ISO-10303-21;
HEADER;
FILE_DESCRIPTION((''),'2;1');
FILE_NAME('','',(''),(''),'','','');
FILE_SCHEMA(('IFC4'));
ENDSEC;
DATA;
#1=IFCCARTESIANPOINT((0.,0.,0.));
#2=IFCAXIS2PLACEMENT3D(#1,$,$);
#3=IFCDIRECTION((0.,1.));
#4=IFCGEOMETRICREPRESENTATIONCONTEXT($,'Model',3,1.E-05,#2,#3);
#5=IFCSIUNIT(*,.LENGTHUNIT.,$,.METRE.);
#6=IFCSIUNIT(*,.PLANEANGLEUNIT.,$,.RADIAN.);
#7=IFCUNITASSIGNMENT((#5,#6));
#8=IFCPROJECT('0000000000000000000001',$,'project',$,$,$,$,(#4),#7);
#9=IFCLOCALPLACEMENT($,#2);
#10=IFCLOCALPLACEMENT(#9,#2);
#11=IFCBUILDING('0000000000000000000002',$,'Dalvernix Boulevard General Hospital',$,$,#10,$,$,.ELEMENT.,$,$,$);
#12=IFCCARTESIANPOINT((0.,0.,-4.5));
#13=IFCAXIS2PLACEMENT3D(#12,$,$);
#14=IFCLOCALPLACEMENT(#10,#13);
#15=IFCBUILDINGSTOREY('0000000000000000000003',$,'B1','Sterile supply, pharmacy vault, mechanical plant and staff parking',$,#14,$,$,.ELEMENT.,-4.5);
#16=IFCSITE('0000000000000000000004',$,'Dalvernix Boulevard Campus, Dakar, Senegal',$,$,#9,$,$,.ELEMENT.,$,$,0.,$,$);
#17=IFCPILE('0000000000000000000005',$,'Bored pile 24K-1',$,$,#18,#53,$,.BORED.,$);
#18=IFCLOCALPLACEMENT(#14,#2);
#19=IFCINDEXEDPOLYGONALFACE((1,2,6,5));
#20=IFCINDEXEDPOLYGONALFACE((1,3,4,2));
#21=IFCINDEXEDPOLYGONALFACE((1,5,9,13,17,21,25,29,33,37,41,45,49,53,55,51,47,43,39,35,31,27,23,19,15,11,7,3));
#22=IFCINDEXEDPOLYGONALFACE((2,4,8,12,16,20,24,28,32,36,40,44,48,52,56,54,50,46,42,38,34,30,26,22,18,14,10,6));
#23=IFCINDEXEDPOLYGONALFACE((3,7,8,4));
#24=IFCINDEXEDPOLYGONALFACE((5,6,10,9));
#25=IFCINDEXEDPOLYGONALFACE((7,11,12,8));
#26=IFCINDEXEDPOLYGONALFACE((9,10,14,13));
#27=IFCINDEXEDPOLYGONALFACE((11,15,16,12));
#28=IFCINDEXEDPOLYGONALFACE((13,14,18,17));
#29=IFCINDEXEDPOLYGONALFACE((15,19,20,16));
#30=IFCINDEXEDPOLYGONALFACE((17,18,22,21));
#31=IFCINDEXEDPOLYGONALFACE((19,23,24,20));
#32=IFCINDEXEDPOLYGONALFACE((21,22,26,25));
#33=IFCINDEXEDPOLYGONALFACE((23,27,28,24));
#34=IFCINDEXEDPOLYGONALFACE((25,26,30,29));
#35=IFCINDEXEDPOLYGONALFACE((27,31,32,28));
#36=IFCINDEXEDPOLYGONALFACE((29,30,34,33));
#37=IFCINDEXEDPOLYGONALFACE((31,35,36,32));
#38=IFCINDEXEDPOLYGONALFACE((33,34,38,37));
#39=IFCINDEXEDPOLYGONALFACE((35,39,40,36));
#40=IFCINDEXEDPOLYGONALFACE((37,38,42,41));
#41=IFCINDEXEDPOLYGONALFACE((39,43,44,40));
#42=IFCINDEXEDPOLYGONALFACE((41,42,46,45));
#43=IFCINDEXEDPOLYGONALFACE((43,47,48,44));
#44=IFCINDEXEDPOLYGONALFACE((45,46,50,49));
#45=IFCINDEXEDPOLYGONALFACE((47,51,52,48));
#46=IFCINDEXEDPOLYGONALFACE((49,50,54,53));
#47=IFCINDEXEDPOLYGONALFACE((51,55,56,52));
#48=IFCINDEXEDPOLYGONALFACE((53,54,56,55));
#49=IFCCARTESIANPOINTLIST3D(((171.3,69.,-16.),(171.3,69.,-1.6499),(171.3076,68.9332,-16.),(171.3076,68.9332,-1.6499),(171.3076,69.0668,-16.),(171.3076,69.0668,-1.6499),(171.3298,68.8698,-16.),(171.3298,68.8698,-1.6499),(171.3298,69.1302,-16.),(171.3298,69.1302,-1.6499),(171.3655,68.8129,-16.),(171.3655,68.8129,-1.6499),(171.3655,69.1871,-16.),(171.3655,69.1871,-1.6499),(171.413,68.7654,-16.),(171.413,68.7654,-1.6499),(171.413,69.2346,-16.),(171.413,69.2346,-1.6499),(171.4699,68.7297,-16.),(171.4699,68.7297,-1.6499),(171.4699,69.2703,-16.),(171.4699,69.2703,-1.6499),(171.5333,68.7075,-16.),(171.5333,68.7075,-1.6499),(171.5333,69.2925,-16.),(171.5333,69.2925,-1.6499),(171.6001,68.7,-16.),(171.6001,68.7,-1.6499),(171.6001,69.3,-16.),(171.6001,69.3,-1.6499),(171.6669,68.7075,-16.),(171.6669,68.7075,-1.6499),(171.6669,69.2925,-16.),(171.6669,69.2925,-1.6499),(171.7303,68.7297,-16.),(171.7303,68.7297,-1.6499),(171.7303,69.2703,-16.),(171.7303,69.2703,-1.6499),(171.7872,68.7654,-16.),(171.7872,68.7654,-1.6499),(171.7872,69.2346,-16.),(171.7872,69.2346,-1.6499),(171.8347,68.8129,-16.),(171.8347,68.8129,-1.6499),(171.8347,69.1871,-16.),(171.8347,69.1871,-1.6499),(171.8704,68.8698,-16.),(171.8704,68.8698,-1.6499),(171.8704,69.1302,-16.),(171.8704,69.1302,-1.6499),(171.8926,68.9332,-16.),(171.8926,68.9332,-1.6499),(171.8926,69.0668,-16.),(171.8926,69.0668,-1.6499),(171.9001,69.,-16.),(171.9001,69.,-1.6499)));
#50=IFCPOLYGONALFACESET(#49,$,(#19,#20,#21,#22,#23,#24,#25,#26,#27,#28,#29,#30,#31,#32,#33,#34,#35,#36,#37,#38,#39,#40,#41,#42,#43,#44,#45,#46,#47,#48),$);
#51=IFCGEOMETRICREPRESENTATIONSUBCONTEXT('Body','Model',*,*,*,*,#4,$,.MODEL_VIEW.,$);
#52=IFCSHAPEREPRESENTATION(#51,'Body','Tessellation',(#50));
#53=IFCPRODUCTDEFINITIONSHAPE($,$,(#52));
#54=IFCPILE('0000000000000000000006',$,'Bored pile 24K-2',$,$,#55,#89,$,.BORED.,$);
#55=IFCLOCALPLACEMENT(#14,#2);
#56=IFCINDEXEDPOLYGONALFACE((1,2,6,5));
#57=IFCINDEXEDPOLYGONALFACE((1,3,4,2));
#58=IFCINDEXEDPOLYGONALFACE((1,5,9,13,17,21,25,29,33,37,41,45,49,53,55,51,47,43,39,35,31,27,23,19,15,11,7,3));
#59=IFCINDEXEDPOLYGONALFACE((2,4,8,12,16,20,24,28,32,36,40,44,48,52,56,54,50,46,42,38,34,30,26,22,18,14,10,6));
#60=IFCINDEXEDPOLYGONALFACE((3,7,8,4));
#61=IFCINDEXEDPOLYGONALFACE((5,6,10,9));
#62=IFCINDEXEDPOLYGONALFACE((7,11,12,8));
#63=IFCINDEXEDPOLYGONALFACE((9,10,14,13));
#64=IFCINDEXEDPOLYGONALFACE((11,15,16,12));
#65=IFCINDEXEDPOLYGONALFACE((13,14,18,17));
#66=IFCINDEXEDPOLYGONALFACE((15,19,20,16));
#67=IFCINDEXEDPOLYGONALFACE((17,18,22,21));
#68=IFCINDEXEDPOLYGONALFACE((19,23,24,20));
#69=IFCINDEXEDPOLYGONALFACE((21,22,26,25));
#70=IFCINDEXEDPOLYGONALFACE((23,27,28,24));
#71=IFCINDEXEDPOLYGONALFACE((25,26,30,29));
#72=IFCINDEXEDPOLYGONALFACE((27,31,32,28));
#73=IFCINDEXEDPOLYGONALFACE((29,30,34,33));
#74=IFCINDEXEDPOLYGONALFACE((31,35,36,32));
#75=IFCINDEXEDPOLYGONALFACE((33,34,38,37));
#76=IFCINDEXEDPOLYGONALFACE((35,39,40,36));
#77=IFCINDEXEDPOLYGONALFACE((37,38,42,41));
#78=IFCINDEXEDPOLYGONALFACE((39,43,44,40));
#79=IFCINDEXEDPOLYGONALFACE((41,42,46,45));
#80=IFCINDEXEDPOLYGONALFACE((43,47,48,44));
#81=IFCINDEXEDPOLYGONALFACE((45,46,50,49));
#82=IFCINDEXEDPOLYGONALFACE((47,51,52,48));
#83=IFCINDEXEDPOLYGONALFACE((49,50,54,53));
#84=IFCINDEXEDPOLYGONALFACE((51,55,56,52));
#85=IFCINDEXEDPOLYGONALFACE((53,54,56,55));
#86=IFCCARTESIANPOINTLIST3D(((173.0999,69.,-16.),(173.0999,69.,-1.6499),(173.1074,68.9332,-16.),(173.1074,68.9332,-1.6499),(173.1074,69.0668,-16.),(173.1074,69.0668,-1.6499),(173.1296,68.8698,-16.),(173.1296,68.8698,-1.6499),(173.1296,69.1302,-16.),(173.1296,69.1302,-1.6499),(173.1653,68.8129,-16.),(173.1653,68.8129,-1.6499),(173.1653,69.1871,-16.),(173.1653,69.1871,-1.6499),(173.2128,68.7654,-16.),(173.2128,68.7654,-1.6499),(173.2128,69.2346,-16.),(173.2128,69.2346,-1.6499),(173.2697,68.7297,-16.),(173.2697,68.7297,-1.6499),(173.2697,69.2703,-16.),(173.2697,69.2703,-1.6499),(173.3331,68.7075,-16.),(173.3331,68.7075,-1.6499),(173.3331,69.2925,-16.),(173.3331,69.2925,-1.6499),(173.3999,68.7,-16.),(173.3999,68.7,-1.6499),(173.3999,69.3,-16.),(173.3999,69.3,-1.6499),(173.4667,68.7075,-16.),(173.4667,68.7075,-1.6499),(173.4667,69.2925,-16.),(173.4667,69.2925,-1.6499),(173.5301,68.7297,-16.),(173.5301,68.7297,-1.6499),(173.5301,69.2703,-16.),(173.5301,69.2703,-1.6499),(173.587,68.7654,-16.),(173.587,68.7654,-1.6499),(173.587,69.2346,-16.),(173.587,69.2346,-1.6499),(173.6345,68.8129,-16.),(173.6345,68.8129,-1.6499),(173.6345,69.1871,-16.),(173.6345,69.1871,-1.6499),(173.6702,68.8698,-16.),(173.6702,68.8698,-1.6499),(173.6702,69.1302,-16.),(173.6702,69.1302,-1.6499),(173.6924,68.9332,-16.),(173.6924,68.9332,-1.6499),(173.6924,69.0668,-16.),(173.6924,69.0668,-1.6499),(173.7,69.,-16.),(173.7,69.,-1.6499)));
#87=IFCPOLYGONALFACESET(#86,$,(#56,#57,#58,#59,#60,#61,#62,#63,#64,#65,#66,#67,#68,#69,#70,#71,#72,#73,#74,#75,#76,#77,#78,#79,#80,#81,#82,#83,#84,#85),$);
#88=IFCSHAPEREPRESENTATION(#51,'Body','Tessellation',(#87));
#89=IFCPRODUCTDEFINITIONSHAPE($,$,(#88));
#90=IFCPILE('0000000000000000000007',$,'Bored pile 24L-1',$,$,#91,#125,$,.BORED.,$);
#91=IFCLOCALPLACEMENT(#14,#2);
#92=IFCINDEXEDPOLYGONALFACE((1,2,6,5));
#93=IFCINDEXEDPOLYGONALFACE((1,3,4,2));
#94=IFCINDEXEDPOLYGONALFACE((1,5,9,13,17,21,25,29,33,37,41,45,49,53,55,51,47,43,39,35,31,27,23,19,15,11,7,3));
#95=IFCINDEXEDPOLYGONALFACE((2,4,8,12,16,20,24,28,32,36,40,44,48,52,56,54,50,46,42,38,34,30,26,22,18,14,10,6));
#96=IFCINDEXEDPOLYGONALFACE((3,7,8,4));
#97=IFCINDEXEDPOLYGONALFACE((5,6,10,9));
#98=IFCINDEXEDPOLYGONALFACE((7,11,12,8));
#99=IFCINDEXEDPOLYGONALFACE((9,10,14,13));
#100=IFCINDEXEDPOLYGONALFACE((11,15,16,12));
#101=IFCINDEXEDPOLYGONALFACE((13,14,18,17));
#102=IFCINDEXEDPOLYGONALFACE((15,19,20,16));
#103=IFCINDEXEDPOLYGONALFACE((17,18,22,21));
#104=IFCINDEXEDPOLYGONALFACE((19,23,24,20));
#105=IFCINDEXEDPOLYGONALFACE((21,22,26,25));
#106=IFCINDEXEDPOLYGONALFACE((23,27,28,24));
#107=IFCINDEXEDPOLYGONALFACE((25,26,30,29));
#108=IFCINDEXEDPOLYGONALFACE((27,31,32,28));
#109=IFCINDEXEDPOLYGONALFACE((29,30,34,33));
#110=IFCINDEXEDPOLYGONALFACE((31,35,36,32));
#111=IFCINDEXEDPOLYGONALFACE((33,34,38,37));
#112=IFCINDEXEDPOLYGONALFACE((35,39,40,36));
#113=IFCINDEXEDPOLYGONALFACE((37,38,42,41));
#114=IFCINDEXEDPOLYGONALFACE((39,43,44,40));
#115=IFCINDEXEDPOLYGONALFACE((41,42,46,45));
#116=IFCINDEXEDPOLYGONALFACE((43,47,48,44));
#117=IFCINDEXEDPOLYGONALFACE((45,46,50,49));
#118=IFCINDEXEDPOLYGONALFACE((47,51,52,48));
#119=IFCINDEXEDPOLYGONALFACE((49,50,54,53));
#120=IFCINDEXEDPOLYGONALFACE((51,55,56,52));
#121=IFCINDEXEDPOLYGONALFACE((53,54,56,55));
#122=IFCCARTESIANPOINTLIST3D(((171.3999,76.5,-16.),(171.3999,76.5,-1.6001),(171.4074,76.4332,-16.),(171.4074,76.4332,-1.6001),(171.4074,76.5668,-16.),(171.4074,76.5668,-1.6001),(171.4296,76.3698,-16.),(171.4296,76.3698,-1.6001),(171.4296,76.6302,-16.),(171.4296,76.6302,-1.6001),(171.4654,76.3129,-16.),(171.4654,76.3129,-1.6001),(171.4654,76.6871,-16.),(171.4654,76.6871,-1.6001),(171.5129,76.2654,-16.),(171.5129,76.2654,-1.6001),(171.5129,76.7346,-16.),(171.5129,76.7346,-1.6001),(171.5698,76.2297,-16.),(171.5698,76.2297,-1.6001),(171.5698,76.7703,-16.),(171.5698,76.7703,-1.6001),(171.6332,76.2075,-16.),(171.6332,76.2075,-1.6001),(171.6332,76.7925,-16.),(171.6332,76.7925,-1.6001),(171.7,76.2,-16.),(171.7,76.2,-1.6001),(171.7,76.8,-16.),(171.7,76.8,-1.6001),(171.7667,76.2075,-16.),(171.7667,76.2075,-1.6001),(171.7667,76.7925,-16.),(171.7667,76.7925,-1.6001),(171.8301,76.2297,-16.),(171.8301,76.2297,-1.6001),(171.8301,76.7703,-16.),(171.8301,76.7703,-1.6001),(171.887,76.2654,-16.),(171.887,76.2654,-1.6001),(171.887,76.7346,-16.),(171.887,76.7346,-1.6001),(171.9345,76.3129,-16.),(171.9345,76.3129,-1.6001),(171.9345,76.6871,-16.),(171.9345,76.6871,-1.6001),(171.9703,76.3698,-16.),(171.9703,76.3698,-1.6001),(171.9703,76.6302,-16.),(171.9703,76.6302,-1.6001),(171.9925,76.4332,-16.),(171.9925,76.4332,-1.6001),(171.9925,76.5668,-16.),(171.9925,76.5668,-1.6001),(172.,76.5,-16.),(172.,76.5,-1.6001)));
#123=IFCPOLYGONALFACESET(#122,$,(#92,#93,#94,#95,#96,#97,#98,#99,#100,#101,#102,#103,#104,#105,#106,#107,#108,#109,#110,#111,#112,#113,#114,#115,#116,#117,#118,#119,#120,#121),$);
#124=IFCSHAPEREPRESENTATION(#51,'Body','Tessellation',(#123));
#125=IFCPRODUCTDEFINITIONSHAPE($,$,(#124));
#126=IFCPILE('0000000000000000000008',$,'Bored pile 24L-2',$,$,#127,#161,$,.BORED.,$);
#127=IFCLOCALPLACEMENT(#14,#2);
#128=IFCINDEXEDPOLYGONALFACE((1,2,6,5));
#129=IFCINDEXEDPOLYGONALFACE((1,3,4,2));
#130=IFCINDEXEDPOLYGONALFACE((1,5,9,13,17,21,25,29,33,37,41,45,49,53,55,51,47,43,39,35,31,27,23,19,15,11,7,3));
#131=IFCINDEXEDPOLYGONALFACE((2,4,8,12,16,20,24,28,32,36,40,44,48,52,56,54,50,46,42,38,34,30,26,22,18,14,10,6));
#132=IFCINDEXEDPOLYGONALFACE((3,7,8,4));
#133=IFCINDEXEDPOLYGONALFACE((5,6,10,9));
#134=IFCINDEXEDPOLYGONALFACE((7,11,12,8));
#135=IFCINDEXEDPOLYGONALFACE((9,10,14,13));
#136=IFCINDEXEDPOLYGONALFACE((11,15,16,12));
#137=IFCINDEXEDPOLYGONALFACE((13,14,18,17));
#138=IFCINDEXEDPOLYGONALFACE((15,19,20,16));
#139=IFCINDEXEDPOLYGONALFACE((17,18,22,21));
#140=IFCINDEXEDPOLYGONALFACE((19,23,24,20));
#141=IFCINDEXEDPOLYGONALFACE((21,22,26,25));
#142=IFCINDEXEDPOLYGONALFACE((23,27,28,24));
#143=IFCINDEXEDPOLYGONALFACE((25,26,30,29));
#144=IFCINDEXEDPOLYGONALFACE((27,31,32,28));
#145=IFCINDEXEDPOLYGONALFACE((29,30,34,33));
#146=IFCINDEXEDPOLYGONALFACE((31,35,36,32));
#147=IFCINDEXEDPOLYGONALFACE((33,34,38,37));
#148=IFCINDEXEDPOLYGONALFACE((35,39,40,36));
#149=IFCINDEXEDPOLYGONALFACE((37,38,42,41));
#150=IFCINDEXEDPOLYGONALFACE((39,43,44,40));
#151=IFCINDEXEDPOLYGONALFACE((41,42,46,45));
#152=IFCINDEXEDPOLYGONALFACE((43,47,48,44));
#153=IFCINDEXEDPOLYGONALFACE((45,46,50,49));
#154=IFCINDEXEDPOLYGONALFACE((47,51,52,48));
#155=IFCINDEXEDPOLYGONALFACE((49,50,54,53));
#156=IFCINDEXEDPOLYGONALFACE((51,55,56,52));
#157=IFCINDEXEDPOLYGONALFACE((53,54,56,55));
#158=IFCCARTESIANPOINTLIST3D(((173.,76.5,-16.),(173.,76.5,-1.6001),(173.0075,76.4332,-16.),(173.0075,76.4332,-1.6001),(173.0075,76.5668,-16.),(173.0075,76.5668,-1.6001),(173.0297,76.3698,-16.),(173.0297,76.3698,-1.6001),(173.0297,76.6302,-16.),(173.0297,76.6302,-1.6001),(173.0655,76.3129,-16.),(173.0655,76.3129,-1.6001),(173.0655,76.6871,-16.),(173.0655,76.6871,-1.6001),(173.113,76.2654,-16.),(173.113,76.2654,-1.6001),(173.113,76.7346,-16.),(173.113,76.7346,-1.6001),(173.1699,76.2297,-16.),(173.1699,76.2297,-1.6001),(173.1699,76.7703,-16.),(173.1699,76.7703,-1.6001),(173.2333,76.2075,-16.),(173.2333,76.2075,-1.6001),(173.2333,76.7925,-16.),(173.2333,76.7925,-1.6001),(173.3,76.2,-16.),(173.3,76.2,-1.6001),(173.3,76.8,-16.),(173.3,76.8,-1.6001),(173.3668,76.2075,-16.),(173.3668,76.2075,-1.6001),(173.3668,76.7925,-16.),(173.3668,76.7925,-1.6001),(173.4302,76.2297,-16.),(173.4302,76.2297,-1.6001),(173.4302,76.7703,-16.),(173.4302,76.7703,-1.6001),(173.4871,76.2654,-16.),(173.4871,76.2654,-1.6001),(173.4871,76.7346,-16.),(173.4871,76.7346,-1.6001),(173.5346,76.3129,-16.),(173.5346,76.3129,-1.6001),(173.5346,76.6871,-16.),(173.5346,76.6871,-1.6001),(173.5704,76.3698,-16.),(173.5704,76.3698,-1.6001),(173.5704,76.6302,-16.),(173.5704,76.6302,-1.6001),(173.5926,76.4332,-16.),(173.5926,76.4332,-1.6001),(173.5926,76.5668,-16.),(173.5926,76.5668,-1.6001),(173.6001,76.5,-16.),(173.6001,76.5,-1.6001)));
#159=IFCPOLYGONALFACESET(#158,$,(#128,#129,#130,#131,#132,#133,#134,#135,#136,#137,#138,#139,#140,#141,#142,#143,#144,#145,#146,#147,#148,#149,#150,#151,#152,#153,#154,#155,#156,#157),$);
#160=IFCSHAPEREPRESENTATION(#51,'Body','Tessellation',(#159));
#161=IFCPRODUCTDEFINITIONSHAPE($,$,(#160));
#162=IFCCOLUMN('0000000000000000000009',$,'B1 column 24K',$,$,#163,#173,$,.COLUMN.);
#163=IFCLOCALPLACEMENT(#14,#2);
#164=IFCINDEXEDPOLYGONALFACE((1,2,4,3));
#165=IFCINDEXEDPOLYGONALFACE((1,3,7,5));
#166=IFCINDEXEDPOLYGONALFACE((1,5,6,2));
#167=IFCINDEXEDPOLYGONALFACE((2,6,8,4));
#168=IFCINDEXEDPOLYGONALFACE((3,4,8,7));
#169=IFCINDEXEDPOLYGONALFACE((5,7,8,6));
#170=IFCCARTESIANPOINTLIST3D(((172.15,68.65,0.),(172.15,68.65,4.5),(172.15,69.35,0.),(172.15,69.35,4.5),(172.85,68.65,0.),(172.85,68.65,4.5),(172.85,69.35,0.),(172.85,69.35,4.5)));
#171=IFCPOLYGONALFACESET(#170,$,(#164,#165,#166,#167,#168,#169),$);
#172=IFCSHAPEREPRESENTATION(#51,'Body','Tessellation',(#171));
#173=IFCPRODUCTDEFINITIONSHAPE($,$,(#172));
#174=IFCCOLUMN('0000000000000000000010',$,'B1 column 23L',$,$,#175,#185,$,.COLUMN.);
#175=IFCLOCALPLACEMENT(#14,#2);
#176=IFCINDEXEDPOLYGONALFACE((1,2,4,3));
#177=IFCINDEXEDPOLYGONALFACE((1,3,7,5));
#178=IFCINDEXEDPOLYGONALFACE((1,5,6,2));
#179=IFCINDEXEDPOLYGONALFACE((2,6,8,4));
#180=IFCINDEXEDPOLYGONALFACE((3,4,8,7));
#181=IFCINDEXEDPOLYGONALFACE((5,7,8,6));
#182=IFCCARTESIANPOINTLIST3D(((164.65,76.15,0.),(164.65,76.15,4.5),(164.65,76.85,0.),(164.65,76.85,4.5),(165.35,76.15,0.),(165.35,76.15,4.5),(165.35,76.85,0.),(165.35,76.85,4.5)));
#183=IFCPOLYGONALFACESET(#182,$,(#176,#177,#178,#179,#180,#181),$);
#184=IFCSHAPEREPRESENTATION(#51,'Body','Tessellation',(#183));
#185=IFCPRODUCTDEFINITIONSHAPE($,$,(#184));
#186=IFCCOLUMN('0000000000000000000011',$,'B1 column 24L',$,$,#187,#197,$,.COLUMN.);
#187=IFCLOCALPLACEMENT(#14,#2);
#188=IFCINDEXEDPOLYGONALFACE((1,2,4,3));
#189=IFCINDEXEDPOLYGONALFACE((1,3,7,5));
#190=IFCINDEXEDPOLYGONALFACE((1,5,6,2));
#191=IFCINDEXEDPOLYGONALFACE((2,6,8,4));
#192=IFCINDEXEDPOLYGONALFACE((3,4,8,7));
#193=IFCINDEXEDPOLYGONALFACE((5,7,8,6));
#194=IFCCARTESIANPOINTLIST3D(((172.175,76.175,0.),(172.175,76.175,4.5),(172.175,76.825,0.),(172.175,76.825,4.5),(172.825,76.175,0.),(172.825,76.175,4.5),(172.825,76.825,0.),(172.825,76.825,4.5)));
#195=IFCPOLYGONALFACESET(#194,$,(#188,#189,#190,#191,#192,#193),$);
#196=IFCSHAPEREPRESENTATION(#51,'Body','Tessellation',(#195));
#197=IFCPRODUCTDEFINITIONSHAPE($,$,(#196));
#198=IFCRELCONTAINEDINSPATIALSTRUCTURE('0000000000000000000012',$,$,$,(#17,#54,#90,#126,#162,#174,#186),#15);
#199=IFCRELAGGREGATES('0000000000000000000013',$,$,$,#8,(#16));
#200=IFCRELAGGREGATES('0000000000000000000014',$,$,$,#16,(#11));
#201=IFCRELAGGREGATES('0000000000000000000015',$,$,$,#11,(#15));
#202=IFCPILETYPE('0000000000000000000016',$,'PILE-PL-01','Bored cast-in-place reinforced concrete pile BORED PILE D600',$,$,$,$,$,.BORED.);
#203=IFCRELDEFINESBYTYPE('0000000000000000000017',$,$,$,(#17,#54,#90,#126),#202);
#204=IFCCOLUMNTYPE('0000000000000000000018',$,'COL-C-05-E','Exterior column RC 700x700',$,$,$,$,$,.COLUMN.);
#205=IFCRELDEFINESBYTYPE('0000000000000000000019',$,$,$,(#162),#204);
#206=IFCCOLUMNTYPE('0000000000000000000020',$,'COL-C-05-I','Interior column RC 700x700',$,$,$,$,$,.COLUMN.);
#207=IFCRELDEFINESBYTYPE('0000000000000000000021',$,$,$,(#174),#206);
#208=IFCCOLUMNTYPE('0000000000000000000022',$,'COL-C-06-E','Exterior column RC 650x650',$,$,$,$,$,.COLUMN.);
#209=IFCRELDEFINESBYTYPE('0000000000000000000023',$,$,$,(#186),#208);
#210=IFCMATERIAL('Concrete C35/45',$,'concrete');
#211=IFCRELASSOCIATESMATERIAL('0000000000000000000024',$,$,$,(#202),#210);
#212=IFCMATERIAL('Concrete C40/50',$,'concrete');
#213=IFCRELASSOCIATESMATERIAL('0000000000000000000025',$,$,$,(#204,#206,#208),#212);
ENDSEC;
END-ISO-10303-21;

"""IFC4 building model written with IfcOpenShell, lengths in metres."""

from ifc_helpers import new_model, si_unit, direction, frame, origin, origin_2d, place, context, subcontext, project, spatial, rectangle, circle, extrude, material, material_profile, profile_set, type_object, element, save


model = new_model("IFC4")

# Units and contexts
model_context = context("Model", 3, precision=1e-05, world=origin(), true_north=direction((0.0, 1.0)))
body_context = subcontext(model_context, "Body", "Model", "MODEL_VIEW")
ifc_project = project(units=[si_unit("LENGTHUNIT", "METRE"), si_unit("PLANEANGLEUNIT", "RADIAN")], contexts=[model_context])

# Site, building, storey
site_placement = place(None, origin())
site = spatial("IfcSite", under=ifc_project, at=site_placement, Name="Dalvernix Boulevard Campus, Dakar, Senegal", CompositionType="ELEMENT", RefElevation=0.0)
building_placement = place(site_placement, origin())
building = spatial("IfcBuilding", under=site, at=building_placement, Name="Dalvernix Boulevard General Hospital", CompositionType="ELEMENT")
storey_placement = place(building_placement, frame((0.0, 0.0, -4.5)))
storey = spatial("IfcBuildingStorey", under=building, at=storey_placement, Name="B1", Description="Sterile supply, pharmacy vault, mechanical plant and staff parking", CompositionType="ELEMENT", Elevation=-4.5)

# Shared definitions
ifc_material_1 = material(Name="Concrete C35/45", Category="concrete")
ifc_material_2 = material(Name="Concrete C40/50", Category="concrete")

# Piles
ifc_material_profile_1 = material_profile(ifc_material_1, circle(Radius=0.3, at=origin_2d()), Name="BORED PILE D600")
ifc_profile_set_1 = profile_set([ifc_material_profile_1], Name="Concrete C35/45")
pile_type = type_object("IfcPileType", Name="PILE-PL-01", Description="Bored cast-in-place reinforced concrete pile BORED PILE D600", PredefinedType="BORED", material=ifc_profile_set_1)
for number, where, z_axis, x_axis, name in (
    (1, (171.6001, 69.0, -1.6499), (0.0, 0.0, -1.0), (1.0, 0.0, 0.0), "Bored pile 24K-1"),
    (2, (173.3999, 69.0, -1.6499), (0.0, 0.0, -1.0), (1.0, 0.0, 0.0), "Bored pile 24K-2"),
):
    element("IfcPile", number, at=place(storey_placement, frame(where, z_axis=z_axis, x_axis=x_axis)), inside=storey, type_object=pile_type, Name=name, PredefinedType="BORED", context=body_context, shape_type="SweptSolid", body=[
        extrude(circle(Radius=0.3, at=origin_2d()), origin(), (0.0, 0.0, 1.0), 14.3501),
    ])
for number, where, z_axis, x_axis, name in (
    (3, (171.7, 76.5, -1.6001), (0.0, 0.0, -1.0), (1.0, 0.0, 0.0), "Bored pile 24L-1"),
    (4, (173.3, 76.5, -1.6001), (0.0, 0.0, -1.0), (1.0, 0.0, 0.0), "Bored pile 24L-2"),
):
    element("IfcPile", number, at=place(storey_placement, frame(where, z_axis=z_axis, x_axis=x_axis)), inside=storey, type_object=pile_type, Name=name, PredefinedType="BORED", context=body_context, shape_type="SweptSolid", body=[
        extrude(circle(Radius=0.3, at=origin_2d()), origin(), (0.0, 0.0, 1.0), 14.3999),
    ])

# Columns
ifc_material_profile_2 = material_profile(ifc_material_2, rectangle(XDim=0.7, YDim=0.7, at=origin_2d()), Name="RC 700x700")
ifc_profile_set_2 = profile_set([ifc_material_profile_2], Name="Concrete C40/50")
column_type_1 = type_object("IfcColumnType", Name="COL-C-05-E", Description="Exterior column RC 700x700", PredefinedType="COLUMN", material=ifc_profile_set_2)
column_1_placement = place(storey_placement, frame((172.5, 69.0, 0.0), z_axis=(0.0, 0.0, 1.0), x_axis=(1.0, 0.0, 0.0)))
element("IfcColumn", 5, at=column_1_placement, inside=storey, type_object=column_type_1, Name="B1 column 24K", PredefinedType="COLUMN", context=body_context, shape_type="SweptSolid", body=[
    extrude(rectangle(XDim=0.7, YDim=0.7, at=origin_2d()), origin(), (0.0, 0.0, 1.0), 4.5),
])
ifc_material_profile_3 = material_profile(ifc_material_2, rectangle(XDim=0.7, YDim=0.7, at=origin_2d()), Name="RC 700x700")
ifc_profile_set_3 = profile_set([ifc_material_profile_3], Name="Concrete C40/50")
column_type_2 = type_object("IfcColumnType", Name="COL-C-05-I", Description="Interior column RC 700x700", PredefinedType="COLUMN", material=ifc_profile_set_3)
column_2_placement = place(storey_placement, frame((165.0, 76.5, 0.0), z_axis=(0.0, 0.0, 1.0), x_axis=(1.0, 0.0, 0.0)))
element("IfcColumn", 6, at=column_2_placement, inside=storey, type_object=column_type_2, Name="B1 column 23L", PredefinedType="COLUMN", context=body_context, shape_type="SweptSolid", body=[
    extrude(rectangle(XDim=0.7, YDim=0.7, at=origin_2d()), origin(), (0.0, 0.0, 1.0), 4.5),
])
ifc_material_profile_4 = material_profile(ifc_material_2, rectangle(XDim=0.6499, YDim=0.6499, at=origin_2d()), Name="RC 650x650")
ifc_profile_set_4 = profile_set([ifc_material_profile_4], Name="Concrete C40/50")
column_type_3 = type_object("IfcColumnType", Name="COL-C-06-E", Description="Exterior column RC 650x650", PredefinedType="COLUMN", material=ifc_profile_set_4)
column_3_placement = place(storey_placement, frame((172.5, 76.5, 0.0), z_axis=(0.0, 0.0, 1.0), x_axis=(1.0, 0.0, 0.0)))
element("IfcColumn", 7, at=column_3_placement, inside=storey, type_object=column_type_3, Name="B1 column 24L", PredefinedType="COLUMN", context=body_context, shape_type="SweptSolid", body=[
    extrude(rectangle(XDim=0.6499, YDim=0.6499, at=origin_2d()), origin(), (0.0, 0.0, 1.0), 4.5),
])

save(model, "model.ifc")
